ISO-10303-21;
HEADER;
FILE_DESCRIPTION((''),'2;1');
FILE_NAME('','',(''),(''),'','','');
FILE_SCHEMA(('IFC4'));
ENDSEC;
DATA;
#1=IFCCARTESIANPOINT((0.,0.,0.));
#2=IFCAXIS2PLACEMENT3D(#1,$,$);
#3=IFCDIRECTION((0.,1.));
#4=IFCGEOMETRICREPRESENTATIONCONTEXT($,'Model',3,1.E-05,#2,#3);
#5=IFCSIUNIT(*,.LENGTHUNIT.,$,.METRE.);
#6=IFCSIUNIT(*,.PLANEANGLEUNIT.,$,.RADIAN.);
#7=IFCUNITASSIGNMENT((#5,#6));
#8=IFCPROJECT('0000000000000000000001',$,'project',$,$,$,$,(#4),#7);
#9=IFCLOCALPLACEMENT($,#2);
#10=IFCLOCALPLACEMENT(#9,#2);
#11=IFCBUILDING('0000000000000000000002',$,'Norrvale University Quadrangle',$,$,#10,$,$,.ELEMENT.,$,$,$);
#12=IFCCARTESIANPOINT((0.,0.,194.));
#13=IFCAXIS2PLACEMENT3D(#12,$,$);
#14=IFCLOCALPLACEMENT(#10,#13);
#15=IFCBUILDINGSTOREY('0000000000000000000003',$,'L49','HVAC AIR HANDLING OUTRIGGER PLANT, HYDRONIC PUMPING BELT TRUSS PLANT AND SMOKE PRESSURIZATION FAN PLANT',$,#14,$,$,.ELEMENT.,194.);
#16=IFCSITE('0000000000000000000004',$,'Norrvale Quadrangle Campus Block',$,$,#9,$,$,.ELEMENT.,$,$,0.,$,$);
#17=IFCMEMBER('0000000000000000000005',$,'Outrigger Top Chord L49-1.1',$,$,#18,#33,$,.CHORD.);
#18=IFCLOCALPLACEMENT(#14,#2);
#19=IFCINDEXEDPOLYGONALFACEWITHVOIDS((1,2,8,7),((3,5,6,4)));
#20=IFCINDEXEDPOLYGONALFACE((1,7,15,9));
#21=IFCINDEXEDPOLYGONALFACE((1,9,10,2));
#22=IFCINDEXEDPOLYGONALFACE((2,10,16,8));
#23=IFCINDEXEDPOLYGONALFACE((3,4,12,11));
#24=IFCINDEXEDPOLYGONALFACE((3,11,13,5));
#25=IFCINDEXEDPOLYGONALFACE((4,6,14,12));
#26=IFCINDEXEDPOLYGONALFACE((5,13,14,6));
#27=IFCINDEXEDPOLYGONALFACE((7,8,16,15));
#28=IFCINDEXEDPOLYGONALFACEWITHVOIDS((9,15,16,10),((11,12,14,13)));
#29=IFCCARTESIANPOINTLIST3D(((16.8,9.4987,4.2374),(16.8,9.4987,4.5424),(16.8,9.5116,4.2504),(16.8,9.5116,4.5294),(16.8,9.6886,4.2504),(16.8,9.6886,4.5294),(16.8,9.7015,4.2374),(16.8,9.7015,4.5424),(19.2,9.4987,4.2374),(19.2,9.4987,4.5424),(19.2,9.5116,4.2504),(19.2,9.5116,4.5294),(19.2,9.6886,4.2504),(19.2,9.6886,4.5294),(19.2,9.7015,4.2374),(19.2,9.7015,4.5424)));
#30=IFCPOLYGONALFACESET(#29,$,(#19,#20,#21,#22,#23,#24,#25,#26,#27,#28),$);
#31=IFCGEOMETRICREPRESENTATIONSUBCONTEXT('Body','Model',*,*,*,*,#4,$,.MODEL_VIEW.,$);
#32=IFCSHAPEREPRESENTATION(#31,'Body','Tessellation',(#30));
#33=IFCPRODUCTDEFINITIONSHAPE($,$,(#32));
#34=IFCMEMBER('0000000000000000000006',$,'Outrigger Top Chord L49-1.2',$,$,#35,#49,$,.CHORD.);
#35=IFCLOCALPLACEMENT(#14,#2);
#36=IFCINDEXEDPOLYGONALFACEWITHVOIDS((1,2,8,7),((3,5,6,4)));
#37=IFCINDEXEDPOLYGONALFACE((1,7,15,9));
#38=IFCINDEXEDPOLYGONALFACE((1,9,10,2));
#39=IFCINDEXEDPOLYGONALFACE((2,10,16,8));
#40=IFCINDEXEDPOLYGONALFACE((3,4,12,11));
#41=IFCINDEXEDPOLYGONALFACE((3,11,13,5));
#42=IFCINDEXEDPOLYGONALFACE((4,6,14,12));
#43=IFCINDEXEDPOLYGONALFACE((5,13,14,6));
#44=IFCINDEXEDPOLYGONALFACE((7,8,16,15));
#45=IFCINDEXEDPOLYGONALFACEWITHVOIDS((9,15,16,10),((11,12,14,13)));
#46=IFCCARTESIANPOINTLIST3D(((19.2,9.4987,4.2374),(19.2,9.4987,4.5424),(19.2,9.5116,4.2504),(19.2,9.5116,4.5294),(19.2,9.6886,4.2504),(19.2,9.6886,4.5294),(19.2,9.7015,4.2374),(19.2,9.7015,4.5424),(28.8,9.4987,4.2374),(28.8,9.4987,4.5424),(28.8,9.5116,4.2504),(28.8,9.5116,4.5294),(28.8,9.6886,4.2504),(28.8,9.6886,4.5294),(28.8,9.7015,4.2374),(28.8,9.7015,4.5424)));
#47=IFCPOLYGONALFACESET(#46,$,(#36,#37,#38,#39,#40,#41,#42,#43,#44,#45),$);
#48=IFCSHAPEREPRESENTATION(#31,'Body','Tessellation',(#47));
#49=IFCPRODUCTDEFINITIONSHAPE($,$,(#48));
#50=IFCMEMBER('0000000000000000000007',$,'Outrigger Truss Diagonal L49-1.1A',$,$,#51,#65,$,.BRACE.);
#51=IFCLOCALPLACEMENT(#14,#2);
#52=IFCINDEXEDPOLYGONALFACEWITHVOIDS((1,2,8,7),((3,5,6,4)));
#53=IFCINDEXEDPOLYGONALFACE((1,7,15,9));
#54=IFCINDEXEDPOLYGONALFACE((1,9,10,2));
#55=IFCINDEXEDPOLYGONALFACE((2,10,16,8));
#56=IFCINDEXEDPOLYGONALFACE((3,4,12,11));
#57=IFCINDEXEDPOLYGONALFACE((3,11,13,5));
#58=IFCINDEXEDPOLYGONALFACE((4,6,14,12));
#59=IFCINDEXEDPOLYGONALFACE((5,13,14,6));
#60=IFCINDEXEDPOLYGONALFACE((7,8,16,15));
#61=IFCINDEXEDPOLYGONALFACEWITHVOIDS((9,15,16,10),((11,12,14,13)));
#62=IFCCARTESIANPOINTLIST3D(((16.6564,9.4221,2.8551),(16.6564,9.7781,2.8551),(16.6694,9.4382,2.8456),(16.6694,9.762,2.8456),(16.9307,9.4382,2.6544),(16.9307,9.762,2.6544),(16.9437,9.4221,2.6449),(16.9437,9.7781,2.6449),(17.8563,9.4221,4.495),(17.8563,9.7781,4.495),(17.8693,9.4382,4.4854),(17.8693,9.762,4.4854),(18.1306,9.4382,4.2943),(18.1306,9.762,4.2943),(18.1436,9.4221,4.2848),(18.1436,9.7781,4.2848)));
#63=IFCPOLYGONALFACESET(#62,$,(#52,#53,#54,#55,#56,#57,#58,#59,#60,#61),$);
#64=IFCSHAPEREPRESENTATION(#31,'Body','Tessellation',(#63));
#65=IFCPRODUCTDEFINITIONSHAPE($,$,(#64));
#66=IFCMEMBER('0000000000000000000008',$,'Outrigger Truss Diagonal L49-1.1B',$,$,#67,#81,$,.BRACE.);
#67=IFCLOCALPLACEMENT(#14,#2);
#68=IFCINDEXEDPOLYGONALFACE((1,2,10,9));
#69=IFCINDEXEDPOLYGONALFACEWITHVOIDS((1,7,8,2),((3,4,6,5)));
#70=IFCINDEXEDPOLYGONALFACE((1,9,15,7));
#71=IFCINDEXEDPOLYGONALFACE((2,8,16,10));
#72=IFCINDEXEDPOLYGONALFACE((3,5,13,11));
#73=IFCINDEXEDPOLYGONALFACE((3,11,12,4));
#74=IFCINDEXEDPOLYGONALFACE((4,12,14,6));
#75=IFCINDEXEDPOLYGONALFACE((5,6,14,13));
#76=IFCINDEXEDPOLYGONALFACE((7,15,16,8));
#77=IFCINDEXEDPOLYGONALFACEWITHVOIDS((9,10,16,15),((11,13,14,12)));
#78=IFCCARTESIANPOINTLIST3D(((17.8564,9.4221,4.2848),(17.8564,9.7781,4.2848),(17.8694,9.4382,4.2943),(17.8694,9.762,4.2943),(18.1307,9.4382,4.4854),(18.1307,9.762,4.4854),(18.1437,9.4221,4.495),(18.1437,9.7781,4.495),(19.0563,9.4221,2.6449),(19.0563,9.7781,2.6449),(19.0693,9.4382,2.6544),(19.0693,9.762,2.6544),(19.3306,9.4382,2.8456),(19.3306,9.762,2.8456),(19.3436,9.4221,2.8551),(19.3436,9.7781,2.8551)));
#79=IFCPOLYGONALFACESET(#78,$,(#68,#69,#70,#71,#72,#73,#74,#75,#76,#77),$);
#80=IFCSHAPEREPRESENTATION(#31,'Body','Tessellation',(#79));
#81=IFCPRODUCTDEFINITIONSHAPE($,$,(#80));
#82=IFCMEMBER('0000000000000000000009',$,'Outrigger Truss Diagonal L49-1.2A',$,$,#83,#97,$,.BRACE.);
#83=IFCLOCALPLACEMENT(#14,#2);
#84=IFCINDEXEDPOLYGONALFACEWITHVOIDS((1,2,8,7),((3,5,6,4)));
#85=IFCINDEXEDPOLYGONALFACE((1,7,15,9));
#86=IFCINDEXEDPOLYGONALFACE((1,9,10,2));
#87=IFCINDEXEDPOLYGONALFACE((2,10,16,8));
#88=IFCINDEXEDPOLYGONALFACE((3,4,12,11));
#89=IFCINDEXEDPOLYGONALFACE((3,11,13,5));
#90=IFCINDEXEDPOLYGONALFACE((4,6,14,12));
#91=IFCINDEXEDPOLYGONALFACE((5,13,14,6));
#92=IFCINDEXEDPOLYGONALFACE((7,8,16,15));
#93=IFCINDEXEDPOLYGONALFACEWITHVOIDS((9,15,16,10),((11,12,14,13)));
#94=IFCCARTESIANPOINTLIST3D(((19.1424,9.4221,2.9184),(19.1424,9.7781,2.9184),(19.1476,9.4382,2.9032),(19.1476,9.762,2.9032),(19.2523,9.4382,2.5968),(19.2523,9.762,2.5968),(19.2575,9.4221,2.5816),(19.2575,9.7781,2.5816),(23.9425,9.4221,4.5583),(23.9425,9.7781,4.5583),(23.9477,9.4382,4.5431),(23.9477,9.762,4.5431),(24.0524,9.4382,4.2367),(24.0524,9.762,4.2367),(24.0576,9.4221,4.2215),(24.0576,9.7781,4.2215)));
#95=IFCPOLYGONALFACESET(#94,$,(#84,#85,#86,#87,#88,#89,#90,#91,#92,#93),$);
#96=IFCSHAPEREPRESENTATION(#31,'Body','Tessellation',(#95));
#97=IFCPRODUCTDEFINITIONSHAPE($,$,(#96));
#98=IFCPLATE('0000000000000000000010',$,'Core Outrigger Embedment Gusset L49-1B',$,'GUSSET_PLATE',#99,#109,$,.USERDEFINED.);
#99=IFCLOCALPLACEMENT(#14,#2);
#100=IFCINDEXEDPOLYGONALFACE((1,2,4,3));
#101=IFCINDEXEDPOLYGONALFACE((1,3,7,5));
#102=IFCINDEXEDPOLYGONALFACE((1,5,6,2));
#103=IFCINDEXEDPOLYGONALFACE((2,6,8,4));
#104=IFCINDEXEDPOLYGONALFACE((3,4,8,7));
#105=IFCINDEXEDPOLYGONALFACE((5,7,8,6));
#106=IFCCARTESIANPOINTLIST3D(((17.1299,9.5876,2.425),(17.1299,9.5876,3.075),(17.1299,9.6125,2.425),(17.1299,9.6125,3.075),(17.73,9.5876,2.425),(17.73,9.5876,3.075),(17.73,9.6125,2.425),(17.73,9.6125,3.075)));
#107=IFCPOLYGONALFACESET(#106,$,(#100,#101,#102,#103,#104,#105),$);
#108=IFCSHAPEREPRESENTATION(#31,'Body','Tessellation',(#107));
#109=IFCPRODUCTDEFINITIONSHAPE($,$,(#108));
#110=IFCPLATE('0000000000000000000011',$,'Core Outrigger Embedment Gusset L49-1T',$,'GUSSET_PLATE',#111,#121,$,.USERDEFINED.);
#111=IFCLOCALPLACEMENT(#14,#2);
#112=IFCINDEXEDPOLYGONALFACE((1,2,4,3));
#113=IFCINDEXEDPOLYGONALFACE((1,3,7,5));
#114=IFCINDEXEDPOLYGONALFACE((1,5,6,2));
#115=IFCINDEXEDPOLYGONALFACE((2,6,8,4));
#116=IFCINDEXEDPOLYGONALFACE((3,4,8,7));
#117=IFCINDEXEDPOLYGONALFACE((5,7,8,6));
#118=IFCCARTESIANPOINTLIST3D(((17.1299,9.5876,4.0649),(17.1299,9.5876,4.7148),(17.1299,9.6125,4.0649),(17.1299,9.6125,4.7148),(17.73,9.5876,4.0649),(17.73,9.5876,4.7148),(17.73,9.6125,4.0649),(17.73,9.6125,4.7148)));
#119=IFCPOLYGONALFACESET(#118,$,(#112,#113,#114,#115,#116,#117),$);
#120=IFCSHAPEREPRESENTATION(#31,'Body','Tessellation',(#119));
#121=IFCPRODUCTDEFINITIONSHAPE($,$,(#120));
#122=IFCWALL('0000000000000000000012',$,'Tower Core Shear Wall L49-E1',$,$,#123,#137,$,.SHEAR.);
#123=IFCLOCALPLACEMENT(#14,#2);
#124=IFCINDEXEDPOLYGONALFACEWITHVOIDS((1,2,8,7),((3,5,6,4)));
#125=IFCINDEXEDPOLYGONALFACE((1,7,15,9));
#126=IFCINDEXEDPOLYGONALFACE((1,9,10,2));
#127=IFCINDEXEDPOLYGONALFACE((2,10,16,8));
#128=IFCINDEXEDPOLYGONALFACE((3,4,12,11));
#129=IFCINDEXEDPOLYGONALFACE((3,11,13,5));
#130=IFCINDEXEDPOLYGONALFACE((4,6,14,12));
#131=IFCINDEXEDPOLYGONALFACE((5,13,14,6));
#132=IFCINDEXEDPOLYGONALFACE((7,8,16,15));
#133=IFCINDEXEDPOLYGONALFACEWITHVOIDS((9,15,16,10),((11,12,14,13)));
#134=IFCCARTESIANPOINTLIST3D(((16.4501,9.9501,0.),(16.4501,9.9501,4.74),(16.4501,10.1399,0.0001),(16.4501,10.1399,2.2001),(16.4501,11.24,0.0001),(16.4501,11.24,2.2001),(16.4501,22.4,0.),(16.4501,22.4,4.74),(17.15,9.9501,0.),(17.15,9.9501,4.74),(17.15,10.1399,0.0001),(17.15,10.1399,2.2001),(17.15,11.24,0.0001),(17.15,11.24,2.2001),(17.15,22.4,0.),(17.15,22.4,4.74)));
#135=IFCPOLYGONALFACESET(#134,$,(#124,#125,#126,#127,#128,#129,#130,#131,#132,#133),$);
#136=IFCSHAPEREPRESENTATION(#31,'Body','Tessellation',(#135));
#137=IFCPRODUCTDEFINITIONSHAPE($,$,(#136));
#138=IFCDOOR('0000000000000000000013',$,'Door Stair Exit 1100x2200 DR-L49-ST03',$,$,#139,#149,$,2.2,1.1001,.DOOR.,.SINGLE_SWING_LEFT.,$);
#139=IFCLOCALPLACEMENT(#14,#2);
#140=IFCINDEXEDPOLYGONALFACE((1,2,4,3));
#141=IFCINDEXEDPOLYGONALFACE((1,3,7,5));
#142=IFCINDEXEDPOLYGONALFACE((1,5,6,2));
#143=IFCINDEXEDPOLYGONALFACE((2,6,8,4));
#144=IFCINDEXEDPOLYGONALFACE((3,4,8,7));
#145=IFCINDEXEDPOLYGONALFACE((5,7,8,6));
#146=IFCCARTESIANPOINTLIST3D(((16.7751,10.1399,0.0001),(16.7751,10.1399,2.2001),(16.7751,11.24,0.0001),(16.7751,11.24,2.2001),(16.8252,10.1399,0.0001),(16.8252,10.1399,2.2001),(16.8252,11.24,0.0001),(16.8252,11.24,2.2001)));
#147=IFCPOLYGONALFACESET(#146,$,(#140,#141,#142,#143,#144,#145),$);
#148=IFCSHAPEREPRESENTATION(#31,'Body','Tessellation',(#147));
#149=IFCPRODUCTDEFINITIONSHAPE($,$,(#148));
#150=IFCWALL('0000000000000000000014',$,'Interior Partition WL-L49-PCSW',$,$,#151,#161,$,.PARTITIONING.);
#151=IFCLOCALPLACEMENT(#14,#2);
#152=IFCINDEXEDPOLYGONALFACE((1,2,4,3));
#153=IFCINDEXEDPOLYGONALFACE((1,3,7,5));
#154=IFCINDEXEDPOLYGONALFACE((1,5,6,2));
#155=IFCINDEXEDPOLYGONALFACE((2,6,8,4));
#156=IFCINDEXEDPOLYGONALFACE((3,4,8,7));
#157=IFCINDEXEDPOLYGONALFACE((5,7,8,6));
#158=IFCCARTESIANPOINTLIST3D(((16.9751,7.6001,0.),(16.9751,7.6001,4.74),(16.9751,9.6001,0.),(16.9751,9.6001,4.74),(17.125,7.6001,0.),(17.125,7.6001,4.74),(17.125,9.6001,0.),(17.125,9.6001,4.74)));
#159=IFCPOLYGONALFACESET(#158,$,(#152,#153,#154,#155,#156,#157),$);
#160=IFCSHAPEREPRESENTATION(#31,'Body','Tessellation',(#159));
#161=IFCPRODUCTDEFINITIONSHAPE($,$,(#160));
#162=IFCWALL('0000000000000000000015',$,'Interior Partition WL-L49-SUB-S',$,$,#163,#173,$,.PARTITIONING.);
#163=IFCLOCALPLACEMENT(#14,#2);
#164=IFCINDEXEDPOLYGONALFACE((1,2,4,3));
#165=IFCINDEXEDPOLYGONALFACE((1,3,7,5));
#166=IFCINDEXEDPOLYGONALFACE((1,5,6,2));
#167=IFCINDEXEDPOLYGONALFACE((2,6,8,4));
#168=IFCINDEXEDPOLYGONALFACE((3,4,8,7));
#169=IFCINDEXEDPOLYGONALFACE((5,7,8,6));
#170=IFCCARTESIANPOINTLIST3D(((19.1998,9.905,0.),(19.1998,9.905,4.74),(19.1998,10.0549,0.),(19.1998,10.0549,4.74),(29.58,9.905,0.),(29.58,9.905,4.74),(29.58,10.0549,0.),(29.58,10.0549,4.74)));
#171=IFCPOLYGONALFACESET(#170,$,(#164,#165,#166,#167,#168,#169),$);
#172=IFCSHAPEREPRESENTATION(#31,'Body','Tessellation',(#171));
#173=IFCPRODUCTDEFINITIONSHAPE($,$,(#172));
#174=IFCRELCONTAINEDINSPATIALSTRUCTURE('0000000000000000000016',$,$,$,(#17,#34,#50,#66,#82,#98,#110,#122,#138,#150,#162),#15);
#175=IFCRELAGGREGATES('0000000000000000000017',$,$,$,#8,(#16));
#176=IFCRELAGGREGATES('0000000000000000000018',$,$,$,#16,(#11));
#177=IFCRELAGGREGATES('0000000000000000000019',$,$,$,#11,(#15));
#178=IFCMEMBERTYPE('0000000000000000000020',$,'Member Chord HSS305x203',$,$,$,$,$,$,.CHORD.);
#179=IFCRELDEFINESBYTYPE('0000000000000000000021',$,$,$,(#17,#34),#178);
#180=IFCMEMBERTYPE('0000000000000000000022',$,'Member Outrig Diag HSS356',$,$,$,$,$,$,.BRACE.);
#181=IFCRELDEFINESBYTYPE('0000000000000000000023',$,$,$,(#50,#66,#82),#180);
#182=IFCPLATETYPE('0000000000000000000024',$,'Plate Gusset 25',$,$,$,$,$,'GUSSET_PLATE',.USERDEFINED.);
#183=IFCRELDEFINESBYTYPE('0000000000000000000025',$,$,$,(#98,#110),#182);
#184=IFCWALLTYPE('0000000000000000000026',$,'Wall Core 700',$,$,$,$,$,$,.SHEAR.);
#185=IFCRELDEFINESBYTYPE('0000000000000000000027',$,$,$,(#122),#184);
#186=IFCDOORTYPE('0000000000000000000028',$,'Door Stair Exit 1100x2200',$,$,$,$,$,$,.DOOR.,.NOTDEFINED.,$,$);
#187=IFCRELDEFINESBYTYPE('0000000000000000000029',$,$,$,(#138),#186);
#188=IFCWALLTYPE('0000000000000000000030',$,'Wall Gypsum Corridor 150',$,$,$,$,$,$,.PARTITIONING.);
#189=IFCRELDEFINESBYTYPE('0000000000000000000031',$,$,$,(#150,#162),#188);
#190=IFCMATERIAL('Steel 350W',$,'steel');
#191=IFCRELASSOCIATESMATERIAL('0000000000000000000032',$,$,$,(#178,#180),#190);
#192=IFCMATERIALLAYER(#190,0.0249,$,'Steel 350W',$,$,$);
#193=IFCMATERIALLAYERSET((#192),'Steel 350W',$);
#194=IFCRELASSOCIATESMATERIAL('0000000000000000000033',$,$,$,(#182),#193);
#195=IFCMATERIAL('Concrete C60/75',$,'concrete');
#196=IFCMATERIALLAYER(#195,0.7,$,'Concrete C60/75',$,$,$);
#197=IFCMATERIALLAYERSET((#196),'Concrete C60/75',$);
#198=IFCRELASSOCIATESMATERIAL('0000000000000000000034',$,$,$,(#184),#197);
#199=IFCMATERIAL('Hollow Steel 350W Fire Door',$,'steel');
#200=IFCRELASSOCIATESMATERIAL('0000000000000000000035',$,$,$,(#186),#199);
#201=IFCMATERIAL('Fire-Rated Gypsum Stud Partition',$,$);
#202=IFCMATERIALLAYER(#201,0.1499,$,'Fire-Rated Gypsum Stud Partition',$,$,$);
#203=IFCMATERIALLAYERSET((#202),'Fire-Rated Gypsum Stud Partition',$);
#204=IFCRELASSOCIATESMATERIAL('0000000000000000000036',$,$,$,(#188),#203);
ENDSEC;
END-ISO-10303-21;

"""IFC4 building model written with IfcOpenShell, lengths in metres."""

from ifc_helpers import new_model, si_unit, direction, frame, frame_2d, origin, origin_2d, place, context, subcontext, project, spatial, rectangle, hollow_rectangle, extrude, material, layer, layer_set, material_profile, profile_set, type_object, element, fill, save


model = new_model("IFC4")

# Units and contexts
model_context = context("Model", 3, precision=1e-05, world=origin(), true_north=direction((0.0, 1.0)))
body_context = subcontext(model_context, "Body", "Model", "MODEL_VIEW")
ifc_project = project(units=[si_unit("LENGTHUNIT", "METRE"), si_unit("PLANEANGLEUNIT", "RADIAN")], contexts=[model_context])

# Site, building, storey
site_placement = place(None, origin())
site = spatial("IfcSite", under=ifc_project, at=site_placement, Name="Norrvale Quadrangle Campus Block", CompositionType="ELEMENT", RefElevation=0.0)
building_placement = place(site_placement, origin())
building = spatial("IfcBuilding", under=site, at=building_placement, Name="Norrvale University Quadrangle", CompositionType="ELEMENT")
storey_placement = place(building_placement, frame((0.0, 0.0, 194.0)))
storey = spatial("IfcBuildingStorey", under=building, at=storey_placement, Name="L49", Description="HVAC AIR HANDLING OUTRIGGER PLANT, HYDRONIC PUMPING BELT TRUSS PLANT AND SMOKE PRESSURIZATION FAN PLANT", CompositionType="ELEMENT", Elevation=194.0)

# Shared definitions
ifc_material_1 = material(Name="Concrete C60/75", Category="concrete")

# Shared definitions
ifc_material_2 = material(Name="Steel 350W", Category="steel")

# Members
ifc_material_profile_1 = material_profile(ifc_material_2, hollow_rectangle(XDim=0.2029, YDim=0.3049, WallThickness=0.0129, at=origin_2d()), Name="Steel 350W")
ifc_profile_set_1 = profile_set([ifc_material_profile_1], Name="Steel 350W")
member_type_1 = type_object("IfcMemberType", Name="Member Chord HSS305x203", PredefinedType="CHORD", material=ifc_profile_set_1)
member_1_placement = place(storey_placement, frame((16.8, 9.6001, 4.3899), z_axis=(1.0, 0.0, 0.0), x_axis=(0.0, 1.0, 0.0)))
element("IfcMember", 1, at=member_1_placement, inside=storey, type_object=member_type_1, Name="Outrigger Top Chord L49-1.1", PredefinedType="CHORD", context=body_context, shape_type="SweptSolid", body=[
    extrude(hollow_rectangle(XDim=0.2029, YDim=0.3049, WallThickness=0.0129, at=origin_2d()), origin(), (0.0, 0.0, 1.0), 2.3999),
])
member_2_placement = place(storey_placement, frame((19.2, 9.6001, 4.3899), z_axis=(1.0, 0.0, 0.0), x_axis=(0.0, 1.0, 0.0)))
element("IfcMember", 2, at=member_2_placement, inside=storey, type_object=member_type_1, Name="Outrigger Top Chord L49-1.2", PredefinedType="CHORD", context=body_context, shape_type="SweptSolid", body=[
    extrude(hollow_rectangle(XDim=0.2029, YDim=0.3049, WallThickness=0.0129, at=origin_2d()), origin(), (0.0, 0.0, 1.0), 9.6001),
])
ifc_material_profile_2 = material_profile(ifc_material_2, hollow_rectangle(XDim=0.356, YDim=0.356, WallThickness=0.0161, at=origin_2d()), Name="Steel 350W")
ifc_profile_set_2 = profile_set([ifc_material_profile_2], Name="Steel 350W")
member_type_2 = type_object("IfcMemberType", Name="Member Outrig Diag HSS356", PredefinedType="BRACE", material=ifc_profile_set_2)
for number, where, z_axis, x_axis, name in (
    (3, (16.8, 9.6001, 2.75), (0.59052, 0.0, 0.807023), (0.0, 1.0, 0.0), "Outrigger Truss Diagonal L49-1.1A"),
    (4, (19.2, 9.6001, 2.75), (-0.59052, 0.0, 0.807023), (0.0, -1.0, 0.0), "Outrigger Truss Diagonal L49-1.1B"),
):
    element("IfcMember", number, at=place(storey_placement, frame(where, z_axis=z_axis, x_axis=x_axis)), inside=storey, type_object=member_type_2, Name=name, PredefinedType="BRACE", context=body_context, shape_type="SweptSolid", body=[
        extrude(hollow_rectangle(XDim=0.356, YDim=0.356, WallThickness=0.0161, at=origin_2d()), origin(), (0.0, 0.0, 1.0), 2.032),
    ])
member_3_placement = place(storey_placement, frame((19.2, 9.6001, 2.75), z_axis=(0.946299, 0.0, 0.323294), x_axis=(0.0, 1.0, 0.0)))
element("IfcMember", 5, at=member_3_placement, inside=storey, type_object=member_type_2, Name="Outrigger Truss Diagonal L49-1.2A", PredefinedType="BRACE", context=body_context, shape_type="SweptSolid", body=[
    extrude(hollow_rectangle(XDim=0.356, YDim=0.356, WallThickness=0.0161, at=origin_2d()), origin(), (0.0, 0.0, 1.0), 5.0725),
])

# Plates
ifc_layer_1 = layer(ifc_material_2, 0.0249, Name="Steel 350W")
ifc_layer_set_1 = layer_set([ifc_layer_1], Name="Steel 350W")
plate_type = type_object("IfcPlateType", Name="Plate Gusset 25", ElementType="GUSSET_PLATE", PredefinedType="USERDEFINED", material=ifc_layer_set_1)
for number, where, z_axis, x_axis, name in (
    (6, (17.4299, 9.6001, 2.425), (0.0, 0.0, 1.0), (1.0, 0.0, 0.0), "Core Outrigger Embedment Gusset L49-1B"),
    (7, (17.4299, 9.6001, 4.0649), (0.0, 0.0, 1.0), (1.0, 0.0, 0.0), "Core Outrigger Embedment Gusset L49-1T"),
):
    element("IfcPlate", number, at=place(storey_placement, frame(where, z_axis=z_axis, x_axis=x_axis)), inside=storey, type_object=plate_type, Name=name, ObjectType="GUSSET_PLATE", PredefinedType="USERDEFINED", context=body_context, shape_type="SweptSolid", body=[
        extrude(rectangle(XDim=0.6001, YDim=0.0249, at=origin_2d()), origin(), (0.0, 0.0, 1.0), 0.6499),
    ])

# Wall, opening, door
ifc_layer_2 = layer(ifc_material_1, 0.7, Name="Concrete C60/75")
ifc_layer_set_2 = layer_set([ifc_layer_2], Name="Concrete C60/75")
wall_type_1 = type_object("IfcWallType", Name="Wall Core 700", PredefinedType="SHEAR", material=ifc_layer_set_2)
wall_1_placement = place(storey_placement, frame((16.8, 9.95, 0.0), z_axis=(0.0, 0.0, 1.0), x_axis=(0.0, 1.0, 0.0)))
wall_1 = element("IfcWall", 8, at=wall_1_placement, inside=storey, type_object=wall_type_1, Name="Tower Core Shear Wall L49-E1", PredefinedType="SHEAR", context=body_context, shape_type="SweptSolid", body=[
    extrude(rectangle(XDim=12.45, YDim=0.7, at=frame_2d((6.2251, 0.0))), origin(), (0.0, 0.0, 1.0), 4.74),
])
opening_1_placement = place(wall_1_placement, frame((0.1899, 0.0, 0.0)))
opening_1 = element("IfcOpeningElement", 9, at=opening_1_placement, cuts=wall_1, PredefinedType="OPENING", context=body_context, shape_type="SweptSolid", body=[
    extrude(rectangle(XDim=1.1001, YDim=2.2, at=frame_2d((0.55, 1.1001))), frame((0.0, 0.3621, 0.0), z_axis=(0.0, -1.0, 0.0), x_axis=(1.0, 0.0, 0.0)), (0.0, 0.0, 1.0), 0.7239),
])
ifc_material_3 = material(Name="Hollow Steel 350W Fire Door", Category="steel")
door_type_1 = type_object("IfcDoorType", Name="Door Stair Exit 1100x2200", OperationType="NOTDEFINED", PredefinedType="DOOR", material=ifc_material_3)
door_1_placement = place(opening_1_placement, origin())
door_1 = element("IfcDoor", 10, at=door_1_placement, inside=storey, type_object=door_type_1, Name="Door Stair Exit 1100x2200 DR-L49-ST03", OperationType="SINGLE_SWING_LEFT", OverallHeight=2.2, OverallWidth=1.1001, PredefinedType="DOOR", context=body_context, shape_type="SweptSolid", body=[
    extrude(rectangle(XDim=1.1001, YDim=2.2, at=frame_2d((0.55, 1.1001))), frame((0.0, 0.0249, 0.0), z_axis=(0.0, -1.0, 0.0), x_axis=(1.0, 0.0, 0.0)), (0.0, 0.0, 1.0), 0.05),
])
fill(opening_1, door_1)

# Walls
ifc_material_4 = material(Name="Fire-Rated Gypsum Stud Partition")
ifc_layer_3 = layer(ifc_material_4, 0.1499, Name="Fire-Rated Gypsum Stud Partition")
ifc_layer_set_3 = layer_set([ifc_layer_3], Name="Fire-Rated Gypsum Stud Partition")
wall_type_2 = type_object("IfcWallType", Name="Wall Gypsum Corridor 150", PredefinedType="PARTITIONING", material=ifc_layer_set_3)
wall_2_placement = place(storey_placement, frame((17.05, 7.6001, 0.0), z_axis=(0.0, 0.0, 1.0), x_axis=(0.0, 1.0, 0.0)))
element("IfcWall", 11, at=wall_2_placement, inside=storey, type_object=wall_type_2, Name="Interior Partition WL-L49-PCSW", PredefinedType="PARTITIONING", context=body_context, shape_type="SweptSolid", body=[
    extrude(rectangle(XDim=2.0, YDim=0.1499, at=frame_2d((1.0, 0.0))), origin(), (0.0, 0.0, 1.0), 4.74),
])
wall_3_placement = place(storey_placement, frame((19.2, 9.98, 0.0), z_axis=(0.0, 0.0, 1.0), x_axis=(1.0, 0.0, 0.0)))
element("IfcWall", 12, at=wall_3_placement, inside=storey, type_object=wall_type_2, Name="Interior Partition WL-L49-SUB-S", PredefinedType="PARTITIONING", context=body_context, shape_type="SweptSolid", body=[
    extrude(rectangle(XDim=10.3801, YDim=0.1499, at=frame_2d((5.1899, 0.0))), origin(), (0.0, 0.0, 1.0), 4.74),
])

save(model, "model.ifc")
